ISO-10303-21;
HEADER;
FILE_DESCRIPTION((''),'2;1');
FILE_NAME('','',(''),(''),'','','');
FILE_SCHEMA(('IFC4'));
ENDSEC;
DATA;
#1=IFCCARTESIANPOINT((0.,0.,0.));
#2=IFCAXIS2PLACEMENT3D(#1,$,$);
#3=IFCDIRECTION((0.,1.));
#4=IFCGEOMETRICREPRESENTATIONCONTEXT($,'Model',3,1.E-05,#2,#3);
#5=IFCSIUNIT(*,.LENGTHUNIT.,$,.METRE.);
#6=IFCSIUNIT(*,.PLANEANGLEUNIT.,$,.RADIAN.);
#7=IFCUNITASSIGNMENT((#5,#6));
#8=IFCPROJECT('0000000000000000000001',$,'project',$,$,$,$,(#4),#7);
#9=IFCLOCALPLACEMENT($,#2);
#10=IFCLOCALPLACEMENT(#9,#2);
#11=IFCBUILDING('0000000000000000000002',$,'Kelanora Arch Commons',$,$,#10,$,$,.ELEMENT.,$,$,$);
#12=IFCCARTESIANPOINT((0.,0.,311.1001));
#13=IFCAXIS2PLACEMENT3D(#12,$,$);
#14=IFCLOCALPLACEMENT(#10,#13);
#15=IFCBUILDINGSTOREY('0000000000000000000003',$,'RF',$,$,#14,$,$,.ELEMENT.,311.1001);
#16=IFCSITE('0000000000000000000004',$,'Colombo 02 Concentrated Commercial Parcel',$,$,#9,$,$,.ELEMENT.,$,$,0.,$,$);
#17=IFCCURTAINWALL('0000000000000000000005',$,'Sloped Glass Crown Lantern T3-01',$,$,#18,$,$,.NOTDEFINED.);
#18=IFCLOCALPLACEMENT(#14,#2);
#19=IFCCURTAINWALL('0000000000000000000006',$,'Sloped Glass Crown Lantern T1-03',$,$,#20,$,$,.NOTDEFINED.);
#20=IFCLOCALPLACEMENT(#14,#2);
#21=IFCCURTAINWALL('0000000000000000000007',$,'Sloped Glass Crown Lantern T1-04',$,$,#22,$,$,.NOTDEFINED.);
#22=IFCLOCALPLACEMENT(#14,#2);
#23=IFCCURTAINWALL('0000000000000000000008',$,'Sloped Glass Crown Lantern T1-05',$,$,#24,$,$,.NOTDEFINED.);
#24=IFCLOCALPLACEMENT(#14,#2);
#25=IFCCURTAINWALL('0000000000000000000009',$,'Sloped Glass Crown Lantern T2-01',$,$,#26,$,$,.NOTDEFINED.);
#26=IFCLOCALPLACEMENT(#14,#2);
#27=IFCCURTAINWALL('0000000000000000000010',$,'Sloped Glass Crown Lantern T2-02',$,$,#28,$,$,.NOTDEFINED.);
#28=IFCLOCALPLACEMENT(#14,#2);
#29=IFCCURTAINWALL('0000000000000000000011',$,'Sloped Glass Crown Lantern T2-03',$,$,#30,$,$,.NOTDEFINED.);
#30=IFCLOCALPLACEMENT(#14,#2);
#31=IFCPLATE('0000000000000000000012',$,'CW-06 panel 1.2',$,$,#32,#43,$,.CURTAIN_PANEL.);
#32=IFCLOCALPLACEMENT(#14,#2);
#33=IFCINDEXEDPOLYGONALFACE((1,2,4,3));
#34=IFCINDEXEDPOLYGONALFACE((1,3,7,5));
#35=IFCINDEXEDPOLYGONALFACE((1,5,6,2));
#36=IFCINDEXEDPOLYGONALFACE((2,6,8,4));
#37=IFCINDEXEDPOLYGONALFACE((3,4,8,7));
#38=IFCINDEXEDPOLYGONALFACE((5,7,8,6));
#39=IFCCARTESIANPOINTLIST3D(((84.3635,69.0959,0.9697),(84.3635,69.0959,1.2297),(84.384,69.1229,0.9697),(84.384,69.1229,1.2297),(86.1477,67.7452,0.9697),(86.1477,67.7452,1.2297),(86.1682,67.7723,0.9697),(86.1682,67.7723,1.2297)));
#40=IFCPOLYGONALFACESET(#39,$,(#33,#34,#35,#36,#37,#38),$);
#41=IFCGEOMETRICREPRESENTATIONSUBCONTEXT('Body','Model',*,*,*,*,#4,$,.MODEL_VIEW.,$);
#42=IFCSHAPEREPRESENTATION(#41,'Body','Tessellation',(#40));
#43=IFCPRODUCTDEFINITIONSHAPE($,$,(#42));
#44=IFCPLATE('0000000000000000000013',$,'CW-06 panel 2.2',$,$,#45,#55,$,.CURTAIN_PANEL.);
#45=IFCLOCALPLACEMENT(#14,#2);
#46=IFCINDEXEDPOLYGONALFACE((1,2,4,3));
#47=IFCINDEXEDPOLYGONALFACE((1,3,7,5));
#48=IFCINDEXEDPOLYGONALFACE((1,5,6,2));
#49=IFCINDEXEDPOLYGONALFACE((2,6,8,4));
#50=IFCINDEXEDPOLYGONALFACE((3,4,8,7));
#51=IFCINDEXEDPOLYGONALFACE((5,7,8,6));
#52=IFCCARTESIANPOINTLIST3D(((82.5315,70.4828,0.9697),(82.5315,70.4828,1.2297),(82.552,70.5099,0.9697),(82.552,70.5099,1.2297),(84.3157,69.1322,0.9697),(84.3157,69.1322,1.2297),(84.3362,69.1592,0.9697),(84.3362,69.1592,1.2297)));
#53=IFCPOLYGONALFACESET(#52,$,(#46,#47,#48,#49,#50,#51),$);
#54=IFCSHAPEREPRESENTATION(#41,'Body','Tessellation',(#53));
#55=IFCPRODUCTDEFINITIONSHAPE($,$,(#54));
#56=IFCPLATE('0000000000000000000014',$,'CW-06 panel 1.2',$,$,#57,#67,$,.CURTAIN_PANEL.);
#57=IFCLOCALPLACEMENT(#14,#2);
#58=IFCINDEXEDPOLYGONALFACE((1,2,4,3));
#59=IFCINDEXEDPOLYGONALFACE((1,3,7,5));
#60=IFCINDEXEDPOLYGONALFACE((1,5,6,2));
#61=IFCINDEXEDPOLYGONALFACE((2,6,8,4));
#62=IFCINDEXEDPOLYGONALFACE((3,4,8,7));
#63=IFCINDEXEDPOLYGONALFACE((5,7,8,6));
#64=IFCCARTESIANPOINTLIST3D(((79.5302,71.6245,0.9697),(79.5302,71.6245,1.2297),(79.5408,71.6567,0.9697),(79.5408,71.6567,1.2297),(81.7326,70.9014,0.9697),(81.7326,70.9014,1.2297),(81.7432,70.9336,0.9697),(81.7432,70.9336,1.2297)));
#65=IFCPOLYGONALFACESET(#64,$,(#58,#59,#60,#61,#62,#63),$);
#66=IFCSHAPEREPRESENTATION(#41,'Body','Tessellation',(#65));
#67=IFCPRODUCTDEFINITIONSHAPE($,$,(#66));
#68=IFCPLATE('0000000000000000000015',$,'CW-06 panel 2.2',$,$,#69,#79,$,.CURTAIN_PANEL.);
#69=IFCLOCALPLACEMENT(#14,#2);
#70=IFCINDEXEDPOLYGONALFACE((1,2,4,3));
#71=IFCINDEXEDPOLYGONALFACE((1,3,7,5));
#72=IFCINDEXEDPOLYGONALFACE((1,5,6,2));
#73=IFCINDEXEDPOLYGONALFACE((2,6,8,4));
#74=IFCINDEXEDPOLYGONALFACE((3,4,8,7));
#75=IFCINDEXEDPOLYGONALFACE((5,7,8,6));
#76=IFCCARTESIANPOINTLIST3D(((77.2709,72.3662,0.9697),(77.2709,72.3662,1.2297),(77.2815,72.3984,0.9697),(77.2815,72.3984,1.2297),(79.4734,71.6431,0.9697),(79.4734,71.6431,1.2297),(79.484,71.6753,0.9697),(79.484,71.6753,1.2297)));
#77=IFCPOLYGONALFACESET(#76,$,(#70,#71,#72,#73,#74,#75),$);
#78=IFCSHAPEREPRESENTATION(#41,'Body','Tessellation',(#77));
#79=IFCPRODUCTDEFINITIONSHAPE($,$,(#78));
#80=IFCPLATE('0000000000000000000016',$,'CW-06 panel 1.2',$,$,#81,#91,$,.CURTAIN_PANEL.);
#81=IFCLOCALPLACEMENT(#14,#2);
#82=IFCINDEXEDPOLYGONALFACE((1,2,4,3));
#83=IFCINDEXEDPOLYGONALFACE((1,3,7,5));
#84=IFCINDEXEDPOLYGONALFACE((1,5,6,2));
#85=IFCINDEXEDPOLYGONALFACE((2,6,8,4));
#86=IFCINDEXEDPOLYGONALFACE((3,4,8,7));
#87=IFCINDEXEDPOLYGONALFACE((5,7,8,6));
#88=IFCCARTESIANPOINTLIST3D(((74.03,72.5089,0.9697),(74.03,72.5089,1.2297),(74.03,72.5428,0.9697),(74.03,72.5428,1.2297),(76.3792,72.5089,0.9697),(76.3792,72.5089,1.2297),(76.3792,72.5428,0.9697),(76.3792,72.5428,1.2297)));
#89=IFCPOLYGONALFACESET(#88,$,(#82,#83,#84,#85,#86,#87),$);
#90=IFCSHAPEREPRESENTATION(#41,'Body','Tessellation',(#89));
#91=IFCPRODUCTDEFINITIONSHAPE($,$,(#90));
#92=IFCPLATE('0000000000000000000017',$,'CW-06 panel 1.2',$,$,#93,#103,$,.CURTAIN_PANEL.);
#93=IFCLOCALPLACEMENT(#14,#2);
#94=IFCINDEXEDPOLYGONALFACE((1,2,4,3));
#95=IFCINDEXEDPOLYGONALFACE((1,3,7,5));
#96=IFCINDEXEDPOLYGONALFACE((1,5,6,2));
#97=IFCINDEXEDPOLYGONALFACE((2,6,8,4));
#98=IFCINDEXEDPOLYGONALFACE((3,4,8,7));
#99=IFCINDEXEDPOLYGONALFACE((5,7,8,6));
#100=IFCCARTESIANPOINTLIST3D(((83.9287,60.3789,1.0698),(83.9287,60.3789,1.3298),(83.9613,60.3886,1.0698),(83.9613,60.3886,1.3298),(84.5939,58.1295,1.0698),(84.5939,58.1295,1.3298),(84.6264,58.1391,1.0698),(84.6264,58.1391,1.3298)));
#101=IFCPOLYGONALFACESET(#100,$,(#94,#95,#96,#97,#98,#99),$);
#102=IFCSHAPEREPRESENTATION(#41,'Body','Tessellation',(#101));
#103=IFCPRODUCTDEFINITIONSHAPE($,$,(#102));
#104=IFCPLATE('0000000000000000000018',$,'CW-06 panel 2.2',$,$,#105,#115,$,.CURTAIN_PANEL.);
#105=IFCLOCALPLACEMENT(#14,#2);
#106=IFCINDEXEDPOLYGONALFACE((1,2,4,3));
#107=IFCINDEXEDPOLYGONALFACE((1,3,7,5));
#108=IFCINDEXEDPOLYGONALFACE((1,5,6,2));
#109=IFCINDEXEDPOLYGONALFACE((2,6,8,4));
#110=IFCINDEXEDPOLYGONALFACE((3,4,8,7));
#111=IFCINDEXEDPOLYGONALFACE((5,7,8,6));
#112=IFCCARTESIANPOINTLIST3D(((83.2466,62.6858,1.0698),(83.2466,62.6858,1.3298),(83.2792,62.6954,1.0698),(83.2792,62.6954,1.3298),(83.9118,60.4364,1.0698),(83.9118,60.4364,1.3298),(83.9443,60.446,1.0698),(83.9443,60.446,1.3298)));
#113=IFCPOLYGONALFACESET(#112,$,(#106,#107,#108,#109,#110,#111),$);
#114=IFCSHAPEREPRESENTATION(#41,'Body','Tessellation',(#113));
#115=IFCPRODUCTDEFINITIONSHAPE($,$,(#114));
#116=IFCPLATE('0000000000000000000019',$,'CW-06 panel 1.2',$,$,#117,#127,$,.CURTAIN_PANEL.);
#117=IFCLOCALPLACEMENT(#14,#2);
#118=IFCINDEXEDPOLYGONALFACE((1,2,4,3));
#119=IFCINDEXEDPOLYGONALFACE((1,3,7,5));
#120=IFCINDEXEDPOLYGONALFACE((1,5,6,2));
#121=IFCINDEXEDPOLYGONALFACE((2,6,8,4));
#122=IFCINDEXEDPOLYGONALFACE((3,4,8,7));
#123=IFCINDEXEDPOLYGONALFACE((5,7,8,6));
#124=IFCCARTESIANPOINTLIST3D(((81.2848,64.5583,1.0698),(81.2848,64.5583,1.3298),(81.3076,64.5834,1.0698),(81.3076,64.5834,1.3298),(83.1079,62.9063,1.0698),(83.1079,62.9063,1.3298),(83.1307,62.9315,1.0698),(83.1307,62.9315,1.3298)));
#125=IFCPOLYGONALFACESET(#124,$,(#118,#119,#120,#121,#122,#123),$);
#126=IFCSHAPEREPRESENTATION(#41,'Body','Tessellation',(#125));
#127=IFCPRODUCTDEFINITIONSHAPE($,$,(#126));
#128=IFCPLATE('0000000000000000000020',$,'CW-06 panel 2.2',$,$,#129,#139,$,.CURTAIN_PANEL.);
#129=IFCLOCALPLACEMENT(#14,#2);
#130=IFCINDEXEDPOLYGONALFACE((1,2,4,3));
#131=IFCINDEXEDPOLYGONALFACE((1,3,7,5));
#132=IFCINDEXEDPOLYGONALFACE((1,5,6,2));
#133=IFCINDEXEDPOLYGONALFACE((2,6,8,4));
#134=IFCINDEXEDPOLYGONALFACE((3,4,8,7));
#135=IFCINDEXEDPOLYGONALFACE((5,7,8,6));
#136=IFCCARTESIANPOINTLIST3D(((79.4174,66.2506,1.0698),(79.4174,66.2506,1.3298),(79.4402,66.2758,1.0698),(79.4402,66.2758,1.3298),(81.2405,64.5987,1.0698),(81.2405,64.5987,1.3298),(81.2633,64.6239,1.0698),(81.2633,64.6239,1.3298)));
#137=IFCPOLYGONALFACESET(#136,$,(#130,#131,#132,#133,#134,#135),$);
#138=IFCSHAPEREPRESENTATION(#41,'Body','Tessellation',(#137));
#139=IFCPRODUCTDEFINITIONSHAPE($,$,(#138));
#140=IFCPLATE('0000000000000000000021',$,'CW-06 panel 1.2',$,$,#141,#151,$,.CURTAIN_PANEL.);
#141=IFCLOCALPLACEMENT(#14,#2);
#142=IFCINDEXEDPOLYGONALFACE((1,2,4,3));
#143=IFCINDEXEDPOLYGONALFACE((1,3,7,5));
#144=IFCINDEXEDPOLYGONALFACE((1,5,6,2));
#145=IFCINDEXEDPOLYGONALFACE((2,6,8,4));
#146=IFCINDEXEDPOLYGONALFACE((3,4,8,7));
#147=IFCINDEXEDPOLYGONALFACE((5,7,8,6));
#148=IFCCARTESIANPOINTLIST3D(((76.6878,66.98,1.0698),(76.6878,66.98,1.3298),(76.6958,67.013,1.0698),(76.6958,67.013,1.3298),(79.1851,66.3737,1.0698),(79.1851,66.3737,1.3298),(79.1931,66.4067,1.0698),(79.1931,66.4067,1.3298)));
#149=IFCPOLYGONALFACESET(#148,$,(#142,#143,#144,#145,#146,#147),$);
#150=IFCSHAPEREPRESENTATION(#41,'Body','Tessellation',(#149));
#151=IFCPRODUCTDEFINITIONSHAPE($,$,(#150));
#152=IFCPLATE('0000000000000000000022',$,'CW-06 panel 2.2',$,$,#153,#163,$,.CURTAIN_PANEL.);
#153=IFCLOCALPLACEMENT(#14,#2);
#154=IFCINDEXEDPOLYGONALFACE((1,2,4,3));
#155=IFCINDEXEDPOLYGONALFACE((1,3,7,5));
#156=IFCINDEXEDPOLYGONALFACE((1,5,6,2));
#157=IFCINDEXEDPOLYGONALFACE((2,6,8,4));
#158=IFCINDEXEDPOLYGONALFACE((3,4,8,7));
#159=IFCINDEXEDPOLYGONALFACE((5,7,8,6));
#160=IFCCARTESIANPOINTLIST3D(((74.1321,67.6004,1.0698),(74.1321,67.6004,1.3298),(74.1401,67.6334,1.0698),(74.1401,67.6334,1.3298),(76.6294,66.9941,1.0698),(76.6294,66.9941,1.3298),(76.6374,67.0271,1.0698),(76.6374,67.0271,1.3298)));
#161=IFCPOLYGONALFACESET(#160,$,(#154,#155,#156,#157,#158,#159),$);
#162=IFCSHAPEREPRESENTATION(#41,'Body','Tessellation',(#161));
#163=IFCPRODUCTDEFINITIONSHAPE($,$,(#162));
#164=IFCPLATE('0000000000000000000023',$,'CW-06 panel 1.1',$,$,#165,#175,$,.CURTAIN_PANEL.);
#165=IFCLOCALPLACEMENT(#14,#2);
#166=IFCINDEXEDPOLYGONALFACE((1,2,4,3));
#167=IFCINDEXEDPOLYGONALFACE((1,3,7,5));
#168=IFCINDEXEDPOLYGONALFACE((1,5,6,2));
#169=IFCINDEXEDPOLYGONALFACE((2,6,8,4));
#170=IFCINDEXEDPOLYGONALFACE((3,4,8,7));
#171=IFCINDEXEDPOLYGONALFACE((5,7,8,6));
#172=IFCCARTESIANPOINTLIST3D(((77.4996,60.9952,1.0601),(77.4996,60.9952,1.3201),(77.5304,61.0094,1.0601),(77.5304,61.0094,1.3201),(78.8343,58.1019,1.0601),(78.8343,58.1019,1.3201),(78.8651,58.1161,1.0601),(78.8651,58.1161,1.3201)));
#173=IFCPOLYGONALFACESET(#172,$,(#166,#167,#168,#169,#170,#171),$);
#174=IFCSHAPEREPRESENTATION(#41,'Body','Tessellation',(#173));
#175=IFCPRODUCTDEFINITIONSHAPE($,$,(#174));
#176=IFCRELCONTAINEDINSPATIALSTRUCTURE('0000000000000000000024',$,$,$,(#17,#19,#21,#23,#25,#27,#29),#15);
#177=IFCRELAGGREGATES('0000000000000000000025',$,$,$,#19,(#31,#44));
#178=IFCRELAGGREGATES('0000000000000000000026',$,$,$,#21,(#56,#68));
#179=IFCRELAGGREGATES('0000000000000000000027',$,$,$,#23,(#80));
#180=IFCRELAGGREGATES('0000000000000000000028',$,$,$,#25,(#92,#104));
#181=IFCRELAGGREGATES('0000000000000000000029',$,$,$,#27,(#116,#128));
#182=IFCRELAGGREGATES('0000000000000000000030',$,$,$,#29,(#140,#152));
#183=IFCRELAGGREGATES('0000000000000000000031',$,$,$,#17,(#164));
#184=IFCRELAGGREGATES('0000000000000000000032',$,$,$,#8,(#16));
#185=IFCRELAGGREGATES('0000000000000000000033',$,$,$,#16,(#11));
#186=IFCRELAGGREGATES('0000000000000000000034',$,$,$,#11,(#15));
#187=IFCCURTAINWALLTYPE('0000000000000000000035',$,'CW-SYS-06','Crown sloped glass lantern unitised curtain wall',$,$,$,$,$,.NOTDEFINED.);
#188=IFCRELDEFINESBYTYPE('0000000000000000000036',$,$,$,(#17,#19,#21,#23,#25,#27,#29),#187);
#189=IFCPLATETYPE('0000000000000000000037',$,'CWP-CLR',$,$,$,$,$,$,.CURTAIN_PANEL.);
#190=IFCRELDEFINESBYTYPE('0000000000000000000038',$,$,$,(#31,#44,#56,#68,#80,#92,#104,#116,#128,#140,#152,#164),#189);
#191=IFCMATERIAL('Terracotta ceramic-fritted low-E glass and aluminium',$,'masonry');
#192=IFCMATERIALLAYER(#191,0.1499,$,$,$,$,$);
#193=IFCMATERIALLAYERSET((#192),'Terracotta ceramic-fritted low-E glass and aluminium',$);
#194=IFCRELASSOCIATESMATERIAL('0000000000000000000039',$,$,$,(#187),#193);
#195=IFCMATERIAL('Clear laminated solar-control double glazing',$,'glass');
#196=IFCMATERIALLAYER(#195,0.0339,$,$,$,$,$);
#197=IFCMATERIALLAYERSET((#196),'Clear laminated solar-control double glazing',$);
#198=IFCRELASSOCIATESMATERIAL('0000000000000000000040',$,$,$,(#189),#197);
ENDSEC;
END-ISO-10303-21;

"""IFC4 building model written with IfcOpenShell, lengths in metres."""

from ifc_helpers import new_model, si_unit, direction, frame, origin, origin_2d, place, context, subcontext, project, spatial, rectangle, extrude, source, transform, mapped, material, layer, layer_set, type_object, element, aggregate, save


model = new_model("IFC4")

# Units and contexts
model_context = context("Model", 3, precision=1e-05, world=origin(), true_north=direction((0.0, 1.0)))
body_context = subcontext(model_context, "Body", "Model", "MODEL_VIEW")
ifc_project = project(units=[si_unit("LENGTHUNIT", "METRE"), si_unit("PLANEANGLEUNIT", "RADIAN")], contexts=[model_context])

# Site, building, storey
site_placement = place(None, origin())
site = spatial("IfcSite", under=ifc_project, at=site_placement, Name="Colombo 02 Concentrated Commercial Parcel", CompositionType="ELEMENT", RefElevation=0.0)
building_placement = place(site_placement, origin())
building = spatial("IfcBuilding", under=site, at=building_placement, Name="Kelanora Arch Commons", CompositionType="ELEMENT")
storey_placement = place(building_placement, frame((0.0, 0.0, 311.1001)))
storey = spatial("IfcBuildingStorey", under=building, at=storey_placement, Name="RF", CompositionType="ELEMENT", Elevation=311.1001)

# Curtain walls
ifc_material_1 = material(Name="Terracotta ceramic-fritted low-E glass and aluminium", Category="masonry")
ifc_layer_1 = layer(ifc_material_1, 0.1499)
ifc_layer_set_1 = layer_set([ifc_layer_1], Name="Terracotta ceramic-fritted low-E glass and aluminium")
curtain_wall_type = type_object("IfcCurtainWallType", Name="CW-SYS-06", Description="Crown sloped glass lantern unitised curtain wall", PredefinedType="NOTDEFINED", material=ifc_layer_set_1)
curtain_wall_1_placement = place(storey_placement, origin())
curtain_wall_1 = element("IfcCurtainWall", 1, at=curtain_wall_1_placement, inside=storey, type_object=curtain_wall_type, Name="Sloped Glass Crown Lantern T3-01", PredefinedType="NOTDEFINED")
curtain_wall_2_placement = place(storey_placement, origin())
curtain_wall_2 = element("IfcCurtainWall", 2, at=curtain_wall_2_placement, inside=storey, type_object=curtain_wall_type, Name="Sloped Glass Crown Lantern T1-03", PredefinedType="NOTDEFINED")
curtain_wall_3_placement = place(storey_placement, origin())
curtain_wall_3 = element("IfcCurtainWall", 3, at=curtain_wall_3_placement, inside=storey, type_object=curtain_wall_type, Name="Sloped Glass Crown Lantern T1-04", PredefinedType="NOTDEFINED")

# Curtain wall
curtain_wall_4_placement = place(storey_placement, origin())
curtain_wall_4 = element("IfcCurtainWall", 4, at=curtain_wall_4_placement, inside=storey, type_object=curtain_wall_type, Name="Sloped Glass Crown Lantern T1-05", PredefinedType="NOTDEFINED")

# Curtain walls
curtain_wall_5_placement = place(storey_placement, origin())
curtain_wall_5 = element("IfcCurtainWall", 5, at=curtain_wall_5_placement, inside=storey, type_object=curtain_wall_type, Name="Sloped Glass Crown Lantern T2-01", PredefinedType="NOTDEFINED")
curtain_wall_6_placement = place(storey_placement, origin())
curtain_wall_6 = element("IfcCurtainWall", 6, at=curtain_wall_6_placement, inside=storey, type_object=curtain_wall_type, Name="Sloped Glass Crown Lantern T2-02", PredefinedType="NOTDEFINED")
curtain_wall_7_placement = place(storey_placement, origin())
curtain_wall_7 = element("IfcCurtainWall", 7, at=curtain_wall_7_placement, inside=storey, type_object=curtain_wall_type, Name="Sloped Glass Crown Lantern T2-03", PredefinedType="NOTDEFINED")

# Plates
ifc_material_2 = material(Name="Clear laminated solar-control double glazing", Category="glass")
ifc_layer_2 = layer(ifc_material_2, 0.0339)
ifc_layer_set_2 = layer_set([ifc_layer_2], Name="Clear laminated solar-control double glazing")
plate_type = type_object("IfcPlateType", Name="CWP-CLR", PredefinedType="CURTAIN_PANEL", material=ifc_layer_set_2)
shared_shape_1 = source(origin(), body_context, "Body", "SweptSolid", [
    extrude(rectangle(XDim=2.2378, YDim=0.0339, at=origin_2d()), origin(), (0.0, 0.0, 1.0), 0.26),
])
plate_1_placement = place(storey_placement, frame((85.2659, 68.4341, 0.9697), z_axis=(0.0, 0.0, 1.0), x_axis=(-0.797311, 0.603568, 0.0)))
plate_1 = element("IfcPlate", 8, at=plate_1_placement, type_object=plate_type, Name="CW-06 panel 1.2", PredefinedType="CURTAIN_PANEL", context=body_context, shape_type="MappedRepresentation", body=[
    mapped(shared_shape_1, transform((0.0, 0.0, 0.0), scale=1.0)),
])
plate_2_placement = place(storey_placement, frame((83.4338, 69.821, 0.9697), z_axis=(0.0, 0.0, 1.0), x_axis=(-0.797311, 0.603568, 0.0)))
plate_2 = element("IfcPlate", 9, at=plate_2_placement, type_object=plate_type, Name="CW-06 panel 2.2", PredefinedType="CURTAIN_PANEL", context=body_context, shape_type="MappedRepresentation", body=[
    mapped(shared_shape_1, transform((0.0, 0.0, 0.0), scale=1.0)),
])
aggregate(curtain_wall_2, [plate_1, plate_2])
shared_shape_2 = source(origin(), body_context, "Body", "SweptSolid", [
    extrude(rectangle(XDim=2.3181, YDim=0.0339, at=origin_2d()), origin(), (0.0, 0.0, 1.0), 0.26),
])
plate_3_placement = place(storey_placement, frame((80.6367, 71.2791, 0.9697), z_axis=(0.0, 0.0, 1.0), x_axis=(-0.9501, 0.311945, 0.0)))
plate_3 = element("IfcPlate", 10, at=plate_3_placement, type_object=plate_type, Name="CW-06 panel 1.2", PredefinedType="CURTAIN_PANEL", context=body_context, shape_type="MappedRepresentation", body=[
    mapped(shared_shape_2, transform((0.0, 0.0, 0.0), scale=1.0)),
])
plate_4_placement = place(storey_placement, frame((78.3774, 72.0208, 0.9697), z_axis=(0.0, 0.0, 1.0), x_axis=(-0.9501, 0.311945, 0.0)))
plate_4 = element("IfcPlate", 11, at=plate_4_placement, type_object=plate_type, Name="CW-06 panel 2.2", PredefinedType="CURTAIN_PANEL", context=body_context, shape_type="MappedRepresentation", body=[
    mapped(shared_shape_2, transform((0.0, 0.0, 0.0), scale=1.0)),
])
aggregate(curtain_wall_3, [plate_3, plate_4])
shared_shape_3 = source(origin(), body_context, "Body", "SweptSolid", [
    extrude(rectangle(XDim=2.3491, YDim=0.0339, at=origin_2d()), origin(), (0.0, 0.0, 1.0), 0.26),
])
plate_5_placement = place(storey_placement, frame((75.2046, 72.5259, 0.9697), z_axis=(0.0, 0.0, 1.0), x_axis=(-1.0, 0.0, 0.0)))
plate_5 = element("IfcPlate", 12, at=plate_5_placement, type_object=plate_type, Name="CW-06 panel 1.2", PredefinedType="CURTAIN_PANEL", context=body_context, shape_type="MappedRepresentation", body=[
    mapped(shared_shape_3, transform((0.0, 0.0, 0.0), scale=1.0)),
])
aggregate(curtain_wall_4, [plate_5])
shared_shape_4 = source(origin(), body_context, "Body", "SweptSolid", [
    extrude(rectangle(XDim=2.3457, YDim=0.0339, at=origin_2d()), origin(), (0.0, 0.0, 1.0), 0.26),
])
plate_6_placement = place(storey_placement, frame((84.2776, 59.259, 1.0698), z_axis=(0.0, 0.0, 1.0), x_axis=(-0.283564, 0.958953, 0.0)))
plate_6 = element("IfcPlate", 13, at=plate_6_placement, type_object=plate_type, Name="CW-06 panel 1.2", PredefinedType="CURTAIN_PANEL", context=body_context, shape_type="MappedRepresentation", body=[
    mapped(shared_shape_4, transform((0.0, 0.0, 0.0), scale=1.0)),
])
plate_7_placement = place(storey_placement, frame((83.5955, 61.5659, 1.0698), z_axis=(0.0, 0.0, 1.0), x_axis=(-0.283564, 0.958953, 0.0)))
plate_7 = element("IfcPlate", 14, at=plate_7_placement, type_object=plate_type, Name="CW-06 panel 2.2", PredefinedType="CURTAIN_PANEL", context=body_context, shape_type="MappedRepresentation", body=[
    mapped(shared_shape_4, transform((0.0, 0.0, 0.0), scale=1.0)),
])
aggregate(curtain_wall_5, [plate_6, plate_7])
shared_shape_5 = source(origin(), body_context, "Body", "SweptSolid", [
    extrude(rectangle(XDim=2.4602, YDim=0.0339, at=origin_2d()), origin(), (0.0, 0.0, 1.0), 0.26),
])
plate_8_placement = place(storey_placement, frame((82.2078, 63.7449, 1.0698), z_axis=(0.0, 0.0, 1.0), x_axis=(-0.741042, 0.671459, 0.0)))
plate_8 = element("IfcPlate", 15, at=plate_8_placement, type_object=plate_type, Name="CW-06 panel 1.2", PredefinedType="CURTAIN_PANEL", context=body_context, shape_type="MappedRepresentation", body=[
    mapped(shared_shape_5, transform((0.0, 0.0, 0.0), scale=1.0)),
])
plate_9_placement = place(storey_placement, frame((80.3403, 65.4373, 1.0698), z_axis=(0.0, 0.0, 1.0), x_axis=(-0.741042, 0.671459, 0.0)))
plate_9 = element("IfcPlate", 16, at=plate_9_placement, type_object=plate_type, Name="CW-06 panel 2.2", PredefinedType="CURTAIN_PANEL", context=body_context, shape_type="MappedRepresentation", body=[
    mapped(shared_shape_5, transform((0.0, 0.0, 0.0), scale=1.0)),
])
aggregate(curtain_wall_6, [plate_8, plate_9])
shared_shape_6 = source(origin(), body_context, "Body", "SweptSolid", [
    extrude(rectangle(XDim=2.5698, YDim=0.0339, at=origin_2d()), origin(), (0.0, 0.0, 1.0), 0.26),
])
plate_10_placement = place(storey_placement, frame((77.9404, 66.6934, 1.0698), z_axis=(0.0, 0.0, 1.0), x_axis=(-0.97177, 0.235931, 0.0)))
plate_10 = element("IfcPlate", 17, at=plate_10_placement, type_object=plate_type, Name="CW-06 panel 1.2", PredefinedType="CURTAIN_PANEL", context=body_context, shape_type="MappedRepresentation", body=[
    mapped(shared_shape_6, transform((0.0, 0.0, 0.0), scale=1.0)),
])
plate_11_placement = place(storey_placement, frame((75.3848, 67.3137, 1.0698), z_axis=(0.0, 0.0, 1.0), x_axis=(-0.97177, 0.235931, 0.0)))
plate_11 = element("IfcPlate", 18, at=plate_11_placement, type_object=plate_type, Name="CW-06 panel 2.2", PredefinedType="CURTAIN_PANEL", context=body_context, shape_type="MappedRepresentation", body=[
    mapped(shared_shape_6, transform((0.0, 0.0, 0.0), scale=1.0)),
])
aggregate(curtain_wall_7, [plate_10, plate_11])
shared_shape_7 = source(origin(), body_context, "Body", "SweptSolid", [
    extrude(rectangle(XDim=3.1863, YDim=0.0339, at=origin_2d()), origin(), (0.0, 0.0, 1.0), 0.26),
])
plate_12_placement = place(storey_placement, frame((78.1824, 59.5557, 1.0601), z_axis=(0.0, 0.0, 1.0), x_axis=(-0.418889, 0.908037, 0.0)))
plate_12 = element("IfcPlate", 19, at=plate_12_placement, type_object=plate_type, Name="CW-06 panel 1.1", PredefinedType="CURTAIN_PANEL", context=body_context, shape_type="MappedRepresentation", body=[
    mapped(shared_shape_7, transform((0.0, 0.0, 0.0), scale=1.0)),
])
aggregate(curtain_wall_1, [plate_12])

save(model, "model.ifc")
